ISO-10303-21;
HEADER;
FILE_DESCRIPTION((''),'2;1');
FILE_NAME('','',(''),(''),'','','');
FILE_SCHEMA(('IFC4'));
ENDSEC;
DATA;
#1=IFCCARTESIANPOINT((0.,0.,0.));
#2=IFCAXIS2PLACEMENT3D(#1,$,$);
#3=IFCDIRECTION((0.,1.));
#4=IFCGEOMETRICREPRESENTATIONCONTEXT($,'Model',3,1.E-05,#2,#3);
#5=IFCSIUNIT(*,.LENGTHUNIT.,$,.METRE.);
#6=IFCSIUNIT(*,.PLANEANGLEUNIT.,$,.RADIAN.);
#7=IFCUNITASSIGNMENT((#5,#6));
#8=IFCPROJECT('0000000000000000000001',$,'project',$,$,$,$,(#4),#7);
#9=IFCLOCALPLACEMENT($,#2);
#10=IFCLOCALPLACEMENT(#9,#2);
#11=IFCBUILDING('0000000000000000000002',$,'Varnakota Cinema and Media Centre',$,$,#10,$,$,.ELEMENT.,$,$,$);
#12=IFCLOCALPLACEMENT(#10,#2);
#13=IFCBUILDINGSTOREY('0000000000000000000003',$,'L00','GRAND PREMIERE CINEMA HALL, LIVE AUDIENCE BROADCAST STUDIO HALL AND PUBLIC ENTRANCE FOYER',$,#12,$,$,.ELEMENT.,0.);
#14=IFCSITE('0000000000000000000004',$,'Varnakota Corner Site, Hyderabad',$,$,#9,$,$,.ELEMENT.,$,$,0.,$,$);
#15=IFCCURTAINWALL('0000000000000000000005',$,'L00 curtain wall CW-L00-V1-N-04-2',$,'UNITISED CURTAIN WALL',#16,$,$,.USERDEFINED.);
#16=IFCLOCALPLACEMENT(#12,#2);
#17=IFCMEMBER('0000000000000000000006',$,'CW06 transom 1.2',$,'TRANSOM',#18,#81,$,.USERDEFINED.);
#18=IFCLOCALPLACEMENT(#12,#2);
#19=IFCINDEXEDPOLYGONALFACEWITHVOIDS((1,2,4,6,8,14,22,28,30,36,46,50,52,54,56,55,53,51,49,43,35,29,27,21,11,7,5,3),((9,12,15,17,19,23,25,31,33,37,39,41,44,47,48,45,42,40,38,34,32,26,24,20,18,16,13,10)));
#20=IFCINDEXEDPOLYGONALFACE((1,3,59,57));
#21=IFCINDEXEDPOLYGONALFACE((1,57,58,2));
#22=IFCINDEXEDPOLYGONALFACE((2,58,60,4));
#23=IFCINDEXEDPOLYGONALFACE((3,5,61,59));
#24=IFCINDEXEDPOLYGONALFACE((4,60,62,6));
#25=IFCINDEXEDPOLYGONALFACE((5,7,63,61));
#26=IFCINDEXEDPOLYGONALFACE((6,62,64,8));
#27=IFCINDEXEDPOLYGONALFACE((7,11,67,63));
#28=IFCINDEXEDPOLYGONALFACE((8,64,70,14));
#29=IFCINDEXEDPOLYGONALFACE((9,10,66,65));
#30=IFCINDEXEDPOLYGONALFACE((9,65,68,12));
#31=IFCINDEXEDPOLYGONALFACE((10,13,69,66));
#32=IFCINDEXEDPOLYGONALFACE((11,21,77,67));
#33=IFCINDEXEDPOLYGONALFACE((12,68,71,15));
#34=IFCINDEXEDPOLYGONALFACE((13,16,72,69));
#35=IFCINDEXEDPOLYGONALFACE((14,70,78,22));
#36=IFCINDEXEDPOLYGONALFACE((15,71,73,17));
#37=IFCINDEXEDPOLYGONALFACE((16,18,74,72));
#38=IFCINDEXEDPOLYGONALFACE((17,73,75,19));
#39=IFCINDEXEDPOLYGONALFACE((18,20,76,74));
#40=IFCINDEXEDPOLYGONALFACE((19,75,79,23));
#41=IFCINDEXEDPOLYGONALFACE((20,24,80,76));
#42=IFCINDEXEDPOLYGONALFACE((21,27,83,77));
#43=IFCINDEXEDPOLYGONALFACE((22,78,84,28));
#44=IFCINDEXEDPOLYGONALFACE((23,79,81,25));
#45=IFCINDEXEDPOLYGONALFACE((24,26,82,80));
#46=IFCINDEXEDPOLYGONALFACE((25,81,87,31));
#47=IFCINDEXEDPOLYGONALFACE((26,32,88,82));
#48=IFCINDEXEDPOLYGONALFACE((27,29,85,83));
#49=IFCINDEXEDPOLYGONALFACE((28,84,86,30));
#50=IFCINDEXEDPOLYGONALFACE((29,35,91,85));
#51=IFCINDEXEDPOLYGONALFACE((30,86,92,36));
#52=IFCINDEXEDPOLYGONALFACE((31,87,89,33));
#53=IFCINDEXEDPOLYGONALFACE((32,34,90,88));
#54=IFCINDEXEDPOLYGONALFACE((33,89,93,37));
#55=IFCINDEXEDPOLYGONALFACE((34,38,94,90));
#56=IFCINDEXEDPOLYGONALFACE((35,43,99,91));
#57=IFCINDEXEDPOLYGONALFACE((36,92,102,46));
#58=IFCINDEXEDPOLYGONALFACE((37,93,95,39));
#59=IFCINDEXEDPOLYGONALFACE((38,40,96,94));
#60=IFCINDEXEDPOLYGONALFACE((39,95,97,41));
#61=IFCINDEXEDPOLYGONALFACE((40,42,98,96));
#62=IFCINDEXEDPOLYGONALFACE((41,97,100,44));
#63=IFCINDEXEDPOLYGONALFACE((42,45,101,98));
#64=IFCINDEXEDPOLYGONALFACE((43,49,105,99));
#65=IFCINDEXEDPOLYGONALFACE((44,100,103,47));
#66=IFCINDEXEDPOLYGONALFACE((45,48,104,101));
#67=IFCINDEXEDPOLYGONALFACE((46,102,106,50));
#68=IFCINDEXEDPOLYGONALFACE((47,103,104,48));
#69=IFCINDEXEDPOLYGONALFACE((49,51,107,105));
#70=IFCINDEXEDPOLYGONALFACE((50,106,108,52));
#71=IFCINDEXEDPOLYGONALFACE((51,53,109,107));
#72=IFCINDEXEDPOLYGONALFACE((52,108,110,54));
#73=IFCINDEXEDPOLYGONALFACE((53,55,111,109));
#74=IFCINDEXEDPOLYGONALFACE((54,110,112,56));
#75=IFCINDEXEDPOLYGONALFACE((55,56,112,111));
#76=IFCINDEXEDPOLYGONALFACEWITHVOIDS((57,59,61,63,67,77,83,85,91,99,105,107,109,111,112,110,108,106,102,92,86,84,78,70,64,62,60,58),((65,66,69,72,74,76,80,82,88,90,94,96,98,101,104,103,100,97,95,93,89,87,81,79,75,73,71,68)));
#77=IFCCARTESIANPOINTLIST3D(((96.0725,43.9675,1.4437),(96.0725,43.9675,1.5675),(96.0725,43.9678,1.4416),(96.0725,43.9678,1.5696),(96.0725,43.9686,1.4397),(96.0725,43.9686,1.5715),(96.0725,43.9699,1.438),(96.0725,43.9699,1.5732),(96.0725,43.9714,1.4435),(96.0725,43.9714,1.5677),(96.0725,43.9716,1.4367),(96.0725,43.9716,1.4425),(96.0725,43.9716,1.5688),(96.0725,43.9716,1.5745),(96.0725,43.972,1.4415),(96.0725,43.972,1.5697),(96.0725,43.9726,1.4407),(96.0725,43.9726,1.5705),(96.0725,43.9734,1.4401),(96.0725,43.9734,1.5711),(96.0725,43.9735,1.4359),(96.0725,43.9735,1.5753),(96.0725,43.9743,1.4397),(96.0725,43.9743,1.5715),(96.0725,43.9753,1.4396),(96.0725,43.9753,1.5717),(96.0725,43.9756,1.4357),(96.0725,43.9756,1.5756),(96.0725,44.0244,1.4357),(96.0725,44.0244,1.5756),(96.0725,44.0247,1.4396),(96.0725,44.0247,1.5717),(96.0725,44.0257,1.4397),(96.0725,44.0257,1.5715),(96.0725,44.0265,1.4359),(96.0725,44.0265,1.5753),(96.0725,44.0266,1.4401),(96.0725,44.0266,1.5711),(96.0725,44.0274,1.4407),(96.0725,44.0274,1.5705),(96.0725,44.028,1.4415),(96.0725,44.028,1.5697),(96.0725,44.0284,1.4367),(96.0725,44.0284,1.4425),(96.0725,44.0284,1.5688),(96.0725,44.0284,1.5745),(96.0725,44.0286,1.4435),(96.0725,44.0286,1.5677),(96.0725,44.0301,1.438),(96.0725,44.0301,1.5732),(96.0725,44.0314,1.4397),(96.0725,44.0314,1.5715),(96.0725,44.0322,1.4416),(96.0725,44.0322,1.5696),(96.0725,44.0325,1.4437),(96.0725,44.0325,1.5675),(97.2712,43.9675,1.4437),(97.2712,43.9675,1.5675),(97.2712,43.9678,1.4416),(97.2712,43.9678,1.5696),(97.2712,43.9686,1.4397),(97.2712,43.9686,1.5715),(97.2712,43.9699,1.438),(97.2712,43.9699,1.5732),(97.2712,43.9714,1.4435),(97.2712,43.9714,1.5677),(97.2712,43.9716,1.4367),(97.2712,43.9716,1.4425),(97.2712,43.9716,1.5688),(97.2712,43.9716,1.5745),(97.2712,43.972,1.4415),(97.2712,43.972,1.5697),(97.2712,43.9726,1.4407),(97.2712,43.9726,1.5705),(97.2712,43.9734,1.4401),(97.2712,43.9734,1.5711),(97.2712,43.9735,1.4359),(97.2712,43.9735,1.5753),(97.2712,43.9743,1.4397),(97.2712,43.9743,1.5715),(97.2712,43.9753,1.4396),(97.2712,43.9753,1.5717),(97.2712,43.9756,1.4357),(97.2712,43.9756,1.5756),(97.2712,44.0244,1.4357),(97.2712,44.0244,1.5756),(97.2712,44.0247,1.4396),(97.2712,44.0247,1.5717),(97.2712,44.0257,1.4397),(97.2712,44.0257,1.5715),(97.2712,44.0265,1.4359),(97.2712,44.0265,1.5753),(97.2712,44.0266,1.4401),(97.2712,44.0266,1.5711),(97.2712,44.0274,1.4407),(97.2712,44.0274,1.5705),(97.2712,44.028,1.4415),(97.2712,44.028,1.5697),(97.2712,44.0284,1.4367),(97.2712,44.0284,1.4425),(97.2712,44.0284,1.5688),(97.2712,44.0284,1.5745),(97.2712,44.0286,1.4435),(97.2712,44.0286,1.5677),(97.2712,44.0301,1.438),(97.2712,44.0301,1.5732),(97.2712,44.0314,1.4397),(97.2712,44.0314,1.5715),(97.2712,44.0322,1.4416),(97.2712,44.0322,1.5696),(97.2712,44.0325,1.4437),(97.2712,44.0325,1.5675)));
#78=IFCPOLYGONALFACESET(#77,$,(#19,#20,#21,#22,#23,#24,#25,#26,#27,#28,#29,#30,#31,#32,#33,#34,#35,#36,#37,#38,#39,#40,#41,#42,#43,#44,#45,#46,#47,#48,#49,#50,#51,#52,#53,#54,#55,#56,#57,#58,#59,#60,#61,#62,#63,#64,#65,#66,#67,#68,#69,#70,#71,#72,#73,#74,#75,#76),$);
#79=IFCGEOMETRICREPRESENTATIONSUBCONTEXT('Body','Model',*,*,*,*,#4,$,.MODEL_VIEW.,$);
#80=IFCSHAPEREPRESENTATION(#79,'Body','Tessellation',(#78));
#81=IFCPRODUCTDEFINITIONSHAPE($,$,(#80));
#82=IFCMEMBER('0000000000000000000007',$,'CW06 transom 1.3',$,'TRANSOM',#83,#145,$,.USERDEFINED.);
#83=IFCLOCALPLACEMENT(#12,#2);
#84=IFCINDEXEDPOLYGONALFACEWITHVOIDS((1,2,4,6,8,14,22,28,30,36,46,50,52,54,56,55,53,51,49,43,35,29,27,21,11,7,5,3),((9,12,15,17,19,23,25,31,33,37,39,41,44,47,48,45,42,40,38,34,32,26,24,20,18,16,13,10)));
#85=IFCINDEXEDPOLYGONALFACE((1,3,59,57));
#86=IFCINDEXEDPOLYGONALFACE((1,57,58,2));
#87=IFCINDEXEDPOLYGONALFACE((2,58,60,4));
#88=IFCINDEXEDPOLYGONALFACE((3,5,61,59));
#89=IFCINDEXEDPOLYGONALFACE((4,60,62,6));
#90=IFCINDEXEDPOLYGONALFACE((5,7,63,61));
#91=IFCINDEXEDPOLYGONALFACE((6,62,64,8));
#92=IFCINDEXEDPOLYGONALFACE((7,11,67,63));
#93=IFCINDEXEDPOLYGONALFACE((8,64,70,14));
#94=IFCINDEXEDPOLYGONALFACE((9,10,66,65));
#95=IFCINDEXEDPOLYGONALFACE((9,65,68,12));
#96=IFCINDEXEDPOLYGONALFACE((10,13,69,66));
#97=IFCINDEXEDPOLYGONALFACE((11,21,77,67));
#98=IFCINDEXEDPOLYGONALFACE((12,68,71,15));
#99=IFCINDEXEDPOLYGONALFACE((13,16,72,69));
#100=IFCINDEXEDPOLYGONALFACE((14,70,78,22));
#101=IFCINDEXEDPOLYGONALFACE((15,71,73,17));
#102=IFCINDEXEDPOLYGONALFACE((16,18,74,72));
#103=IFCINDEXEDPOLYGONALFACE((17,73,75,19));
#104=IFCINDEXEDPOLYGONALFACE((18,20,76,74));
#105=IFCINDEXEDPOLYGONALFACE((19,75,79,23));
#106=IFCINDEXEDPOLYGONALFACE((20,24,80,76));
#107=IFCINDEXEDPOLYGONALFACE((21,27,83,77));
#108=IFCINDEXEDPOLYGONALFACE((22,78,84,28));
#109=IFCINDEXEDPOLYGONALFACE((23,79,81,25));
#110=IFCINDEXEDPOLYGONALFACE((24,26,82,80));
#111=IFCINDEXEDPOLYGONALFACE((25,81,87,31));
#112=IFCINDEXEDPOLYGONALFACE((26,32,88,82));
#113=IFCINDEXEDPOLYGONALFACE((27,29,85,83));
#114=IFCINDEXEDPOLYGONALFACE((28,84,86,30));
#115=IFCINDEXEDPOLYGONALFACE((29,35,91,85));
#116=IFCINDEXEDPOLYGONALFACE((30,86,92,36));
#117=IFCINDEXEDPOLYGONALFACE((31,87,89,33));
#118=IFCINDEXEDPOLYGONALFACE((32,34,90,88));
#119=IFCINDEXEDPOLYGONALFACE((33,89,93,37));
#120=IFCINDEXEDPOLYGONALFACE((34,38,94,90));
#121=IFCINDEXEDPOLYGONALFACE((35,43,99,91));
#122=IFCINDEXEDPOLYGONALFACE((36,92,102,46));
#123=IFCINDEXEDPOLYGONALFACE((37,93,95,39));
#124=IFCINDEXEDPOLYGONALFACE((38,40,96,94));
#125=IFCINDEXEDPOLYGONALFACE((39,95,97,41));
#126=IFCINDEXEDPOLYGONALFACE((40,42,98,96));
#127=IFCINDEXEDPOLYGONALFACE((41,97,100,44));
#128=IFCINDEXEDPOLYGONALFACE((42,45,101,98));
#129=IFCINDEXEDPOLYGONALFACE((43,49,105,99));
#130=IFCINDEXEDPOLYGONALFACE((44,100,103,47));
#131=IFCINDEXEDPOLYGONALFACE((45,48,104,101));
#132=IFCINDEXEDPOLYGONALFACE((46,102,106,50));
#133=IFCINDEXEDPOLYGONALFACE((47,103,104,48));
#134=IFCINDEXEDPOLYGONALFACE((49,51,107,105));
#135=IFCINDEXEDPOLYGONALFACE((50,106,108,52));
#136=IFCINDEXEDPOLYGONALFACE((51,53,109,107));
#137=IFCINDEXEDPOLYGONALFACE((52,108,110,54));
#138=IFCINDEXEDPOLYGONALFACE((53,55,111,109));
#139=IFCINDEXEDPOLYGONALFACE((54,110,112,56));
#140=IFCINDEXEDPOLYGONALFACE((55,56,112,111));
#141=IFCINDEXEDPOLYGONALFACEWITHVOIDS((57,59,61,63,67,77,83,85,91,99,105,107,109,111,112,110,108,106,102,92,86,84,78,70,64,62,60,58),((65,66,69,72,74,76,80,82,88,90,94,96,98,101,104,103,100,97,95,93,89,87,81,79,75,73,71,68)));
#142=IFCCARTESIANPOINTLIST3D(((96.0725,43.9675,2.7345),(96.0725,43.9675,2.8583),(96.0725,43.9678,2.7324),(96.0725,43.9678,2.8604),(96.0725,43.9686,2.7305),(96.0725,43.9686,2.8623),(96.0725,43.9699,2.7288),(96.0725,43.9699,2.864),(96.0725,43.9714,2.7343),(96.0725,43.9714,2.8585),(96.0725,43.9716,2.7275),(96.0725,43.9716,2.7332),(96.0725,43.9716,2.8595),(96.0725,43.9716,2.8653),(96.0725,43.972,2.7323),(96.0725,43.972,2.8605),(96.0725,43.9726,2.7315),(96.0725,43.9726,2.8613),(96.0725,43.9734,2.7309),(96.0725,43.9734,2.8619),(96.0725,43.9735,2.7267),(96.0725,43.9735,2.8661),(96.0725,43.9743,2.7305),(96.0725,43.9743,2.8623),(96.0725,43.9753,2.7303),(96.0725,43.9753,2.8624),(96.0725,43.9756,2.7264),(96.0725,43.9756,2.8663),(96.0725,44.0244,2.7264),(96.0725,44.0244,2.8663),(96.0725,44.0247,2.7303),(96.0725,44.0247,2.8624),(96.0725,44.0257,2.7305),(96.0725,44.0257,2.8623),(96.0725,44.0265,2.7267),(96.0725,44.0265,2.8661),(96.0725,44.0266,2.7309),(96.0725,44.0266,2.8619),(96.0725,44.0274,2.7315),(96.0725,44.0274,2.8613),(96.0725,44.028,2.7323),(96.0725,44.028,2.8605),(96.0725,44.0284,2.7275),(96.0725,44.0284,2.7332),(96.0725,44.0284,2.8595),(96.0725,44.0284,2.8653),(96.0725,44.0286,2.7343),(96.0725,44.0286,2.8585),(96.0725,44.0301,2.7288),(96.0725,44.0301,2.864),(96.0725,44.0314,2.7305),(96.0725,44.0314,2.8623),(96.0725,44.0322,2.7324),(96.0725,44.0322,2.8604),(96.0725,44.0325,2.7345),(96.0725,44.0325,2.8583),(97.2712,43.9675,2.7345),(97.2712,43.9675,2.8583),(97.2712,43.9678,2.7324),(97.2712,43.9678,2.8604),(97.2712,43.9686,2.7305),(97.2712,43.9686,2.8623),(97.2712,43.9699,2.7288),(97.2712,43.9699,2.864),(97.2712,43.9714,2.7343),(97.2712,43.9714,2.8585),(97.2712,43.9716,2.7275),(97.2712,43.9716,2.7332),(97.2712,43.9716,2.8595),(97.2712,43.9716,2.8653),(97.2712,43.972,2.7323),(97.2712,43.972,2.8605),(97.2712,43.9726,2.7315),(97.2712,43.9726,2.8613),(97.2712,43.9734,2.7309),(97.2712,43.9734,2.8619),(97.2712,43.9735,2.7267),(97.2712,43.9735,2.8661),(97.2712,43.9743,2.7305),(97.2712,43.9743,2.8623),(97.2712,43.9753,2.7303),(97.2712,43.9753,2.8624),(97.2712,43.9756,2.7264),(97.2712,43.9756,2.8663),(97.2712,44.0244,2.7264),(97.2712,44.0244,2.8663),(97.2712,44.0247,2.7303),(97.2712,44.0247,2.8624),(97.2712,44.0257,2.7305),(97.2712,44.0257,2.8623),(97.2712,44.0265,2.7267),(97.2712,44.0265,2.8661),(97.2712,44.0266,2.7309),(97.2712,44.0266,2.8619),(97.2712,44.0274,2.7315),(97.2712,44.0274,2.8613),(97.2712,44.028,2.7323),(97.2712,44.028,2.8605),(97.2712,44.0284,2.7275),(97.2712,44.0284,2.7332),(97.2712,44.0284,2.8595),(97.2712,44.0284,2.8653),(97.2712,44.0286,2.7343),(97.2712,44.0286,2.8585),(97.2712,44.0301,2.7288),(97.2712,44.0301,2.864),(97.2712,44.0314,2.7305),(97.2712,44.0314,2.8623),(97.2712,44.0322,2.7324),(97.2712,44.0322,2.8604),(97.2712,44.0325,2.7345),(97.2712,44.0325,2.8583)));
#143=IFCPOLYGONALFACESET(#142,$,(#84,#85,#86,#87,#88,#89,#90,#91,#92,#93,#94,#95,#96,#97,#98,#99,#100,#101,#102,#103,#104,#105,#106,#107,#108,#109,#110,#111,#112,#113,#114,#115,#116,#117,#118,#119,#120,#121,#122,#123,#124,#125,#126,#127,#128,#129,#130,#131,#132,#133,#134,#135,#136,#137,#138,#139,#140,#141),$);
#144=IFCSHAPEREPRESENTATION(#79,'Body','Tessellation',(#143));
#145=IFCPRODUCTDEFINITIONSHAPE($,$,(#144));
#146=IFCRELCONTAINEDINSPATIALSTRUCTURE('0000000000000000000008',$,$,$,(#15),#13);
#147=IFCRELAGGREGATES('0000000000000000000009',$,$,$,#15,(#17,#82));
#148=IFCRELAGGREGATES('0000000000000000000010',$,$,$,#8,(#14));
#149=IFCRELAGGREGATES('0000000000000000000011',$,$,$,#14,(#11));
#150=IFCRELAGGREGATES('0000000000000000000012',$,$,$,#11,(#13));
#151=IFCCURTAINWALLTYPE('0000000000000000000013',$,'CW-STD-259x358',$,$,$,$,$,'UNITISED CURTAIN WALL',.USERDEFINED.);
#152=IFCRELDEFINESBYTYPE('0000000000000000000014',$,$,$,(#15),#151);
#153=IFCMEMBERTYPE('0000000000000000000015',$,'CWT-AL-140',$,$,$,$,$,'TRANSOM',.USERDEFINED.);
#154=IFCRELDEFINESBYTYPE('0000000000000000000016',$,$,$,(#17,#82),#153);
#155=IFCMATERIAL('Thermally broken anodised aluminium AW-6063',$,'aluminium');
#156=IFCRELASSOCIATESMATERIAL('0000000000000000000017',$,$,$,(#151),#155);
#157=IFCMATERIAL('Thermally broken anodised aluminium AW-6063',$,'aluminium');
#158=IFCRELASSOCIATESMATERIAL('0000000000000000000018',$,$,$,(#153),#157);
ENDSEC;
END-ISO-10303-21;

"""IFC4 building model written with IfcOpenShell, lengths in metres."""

from ifc_helpers import new_model, si_unit, direction, frame, origin, origin_2d, place, context, subcontext, project, spatial, hollow_rectangle, extrude, material, material_profile, profile_set, type_object, element, aggregate, save


model = new_model("IFC4")

# Units and contexts
model_context = context("Model", 3, precision=1e-05, world=origin(), true_north=direction((0.0, 1.0)))
body_context = subcontext(model_context, "Body", "Model", "MODEL_VIEW")
ifc_project = project(units=[si_unit("LENGTHUNIT", "METRE"), si_unit("PLANEANGLEUNIT", "RADIAN")], contexts=[model_context])

# Site, building, storey
site_placement = place(None, origin())
site = spatial("IfcSite", under=ifc_project, at=site_placement, Name="Varnakota Corner Site, Hyderabad", CompositionType="ELEMENT", RefElevation=0.0)
building_placement = place(site_placement, origin())
building = spatial("IfcBuilding", under=site, at=building_placement, Name="Varnakota Cinema and Media Centre", CompositionType="ELEMENT")
storey_placement = place(building_placement, origin())
storey = spatial("IfcBuildingStorey", under=building, at=storey_placement, Name="L00", Description="GRAND PREMIERE CINEMA HALL, LIVE AUDIENCE BROADCAST STUDIO HALL AND PUBLIC ENTRANCE FOYER", CompositionType="ELEMENT", Elevation=0.0)

# Shared definitions
ifc_material_1 = material(Name="Thermally broken anodised aluminium AW-6063", Category="aluminium")
curtain_wall_type = type_object("IfcCurtainWallType", Name="CW-STD-259x358", ElementType="UNITISED CURTAIN WALL", PredefinedType="USERDEFINED", material=ifc_material_1)

# Curtain wall
curtain_wall_1_placement = place(storey_placement, origin())
curtain_wall_1 = element("IfcCurtainWall", 1, at=curtain_wall_1_placement, inside=storey, type_object=curtain_wall_type, Name="L00 curtain wall CW-L00-V1-N-04-2", ObjectType="UNITISED CURTAIN WALL", PredefinedType="USERDEFINED")

# Members
ifc_material_2 = material(Name="Thermally broken anodised aluminium AW-6063", Category="aluminium")
ifc_material_profile_1 = material_profile(ifc_material_2, hollow_rectangle(XDim=0.0649, YDim=0.1399, WallThickness=0.0039, InnerFilletRadius=0.0039, OuterFilletRadius=0.0081, at=origin_2d()), Name="AL-TRANSOM 140x65x4")
ifc_profile_set_1 = profile_set([ifc_material_profile_1], Name="Thermally broken anodised aluminium AW-6063")
member_type_1 = type_object("IfcMemberType", Name="CWT-AL-140", ElementType="TRANSOM", PredefinedType="USERDEFINED", material=ifc_profile_set_1)
member_1_placement = place(storey_placement, frame((96.0725, 44.0, 1.5056), z_axis=(1.0, 0.0, 0.0), x_axis=(0.0, 1.0, 0.0)))
member_1 = element("IfcMember", 2, at=member_1_placement, type_object=member_type_1, Name="CW06 transom 1.2", ObjectType="TRANSOM", PredefinedType="USERDEFINED", context=body_context, shape_type="SweptSolid", body=[
    extrude(hollow_rectangle(XDim=0.0649, YDim=0.1399, WallThickness=0.0039, InnerFilletRadius=0.0039, OuterFilletRadius=0.0081, at=origin_2d()), origin(), (0.0, 0.0, 1.0), 1.1987),
])
member_2_placement = place(storey_placement, frame((96.0725, 44.0, 2.7964), z_axis=(1.0, 0.0, 0.0), x_axis=(0.0, 1.0, 0.0)))
member_2 = element("IfcMember", 3, at=member_2_placement, type_object=member_type_1, Name="CW06 transom 1.3", ObjectType="TRANSOM", PredefinedType="USERDEFINED", context=body_context, shape_type="SweptSolid", body=[
    extrude(hollow_rectangle(XDim=0.0649, YDim=0.1399, WallThickness=0.0039, InnerFilletRadius=0.0039, OuterFilletRadius=0.0081, at=origin_2d()), origin(), (0.0, 0.0, 1.0), 1.1987),
])

aggregate(curtain_wall_1, [member_1, member_2])

save(model, "model.ifc")
